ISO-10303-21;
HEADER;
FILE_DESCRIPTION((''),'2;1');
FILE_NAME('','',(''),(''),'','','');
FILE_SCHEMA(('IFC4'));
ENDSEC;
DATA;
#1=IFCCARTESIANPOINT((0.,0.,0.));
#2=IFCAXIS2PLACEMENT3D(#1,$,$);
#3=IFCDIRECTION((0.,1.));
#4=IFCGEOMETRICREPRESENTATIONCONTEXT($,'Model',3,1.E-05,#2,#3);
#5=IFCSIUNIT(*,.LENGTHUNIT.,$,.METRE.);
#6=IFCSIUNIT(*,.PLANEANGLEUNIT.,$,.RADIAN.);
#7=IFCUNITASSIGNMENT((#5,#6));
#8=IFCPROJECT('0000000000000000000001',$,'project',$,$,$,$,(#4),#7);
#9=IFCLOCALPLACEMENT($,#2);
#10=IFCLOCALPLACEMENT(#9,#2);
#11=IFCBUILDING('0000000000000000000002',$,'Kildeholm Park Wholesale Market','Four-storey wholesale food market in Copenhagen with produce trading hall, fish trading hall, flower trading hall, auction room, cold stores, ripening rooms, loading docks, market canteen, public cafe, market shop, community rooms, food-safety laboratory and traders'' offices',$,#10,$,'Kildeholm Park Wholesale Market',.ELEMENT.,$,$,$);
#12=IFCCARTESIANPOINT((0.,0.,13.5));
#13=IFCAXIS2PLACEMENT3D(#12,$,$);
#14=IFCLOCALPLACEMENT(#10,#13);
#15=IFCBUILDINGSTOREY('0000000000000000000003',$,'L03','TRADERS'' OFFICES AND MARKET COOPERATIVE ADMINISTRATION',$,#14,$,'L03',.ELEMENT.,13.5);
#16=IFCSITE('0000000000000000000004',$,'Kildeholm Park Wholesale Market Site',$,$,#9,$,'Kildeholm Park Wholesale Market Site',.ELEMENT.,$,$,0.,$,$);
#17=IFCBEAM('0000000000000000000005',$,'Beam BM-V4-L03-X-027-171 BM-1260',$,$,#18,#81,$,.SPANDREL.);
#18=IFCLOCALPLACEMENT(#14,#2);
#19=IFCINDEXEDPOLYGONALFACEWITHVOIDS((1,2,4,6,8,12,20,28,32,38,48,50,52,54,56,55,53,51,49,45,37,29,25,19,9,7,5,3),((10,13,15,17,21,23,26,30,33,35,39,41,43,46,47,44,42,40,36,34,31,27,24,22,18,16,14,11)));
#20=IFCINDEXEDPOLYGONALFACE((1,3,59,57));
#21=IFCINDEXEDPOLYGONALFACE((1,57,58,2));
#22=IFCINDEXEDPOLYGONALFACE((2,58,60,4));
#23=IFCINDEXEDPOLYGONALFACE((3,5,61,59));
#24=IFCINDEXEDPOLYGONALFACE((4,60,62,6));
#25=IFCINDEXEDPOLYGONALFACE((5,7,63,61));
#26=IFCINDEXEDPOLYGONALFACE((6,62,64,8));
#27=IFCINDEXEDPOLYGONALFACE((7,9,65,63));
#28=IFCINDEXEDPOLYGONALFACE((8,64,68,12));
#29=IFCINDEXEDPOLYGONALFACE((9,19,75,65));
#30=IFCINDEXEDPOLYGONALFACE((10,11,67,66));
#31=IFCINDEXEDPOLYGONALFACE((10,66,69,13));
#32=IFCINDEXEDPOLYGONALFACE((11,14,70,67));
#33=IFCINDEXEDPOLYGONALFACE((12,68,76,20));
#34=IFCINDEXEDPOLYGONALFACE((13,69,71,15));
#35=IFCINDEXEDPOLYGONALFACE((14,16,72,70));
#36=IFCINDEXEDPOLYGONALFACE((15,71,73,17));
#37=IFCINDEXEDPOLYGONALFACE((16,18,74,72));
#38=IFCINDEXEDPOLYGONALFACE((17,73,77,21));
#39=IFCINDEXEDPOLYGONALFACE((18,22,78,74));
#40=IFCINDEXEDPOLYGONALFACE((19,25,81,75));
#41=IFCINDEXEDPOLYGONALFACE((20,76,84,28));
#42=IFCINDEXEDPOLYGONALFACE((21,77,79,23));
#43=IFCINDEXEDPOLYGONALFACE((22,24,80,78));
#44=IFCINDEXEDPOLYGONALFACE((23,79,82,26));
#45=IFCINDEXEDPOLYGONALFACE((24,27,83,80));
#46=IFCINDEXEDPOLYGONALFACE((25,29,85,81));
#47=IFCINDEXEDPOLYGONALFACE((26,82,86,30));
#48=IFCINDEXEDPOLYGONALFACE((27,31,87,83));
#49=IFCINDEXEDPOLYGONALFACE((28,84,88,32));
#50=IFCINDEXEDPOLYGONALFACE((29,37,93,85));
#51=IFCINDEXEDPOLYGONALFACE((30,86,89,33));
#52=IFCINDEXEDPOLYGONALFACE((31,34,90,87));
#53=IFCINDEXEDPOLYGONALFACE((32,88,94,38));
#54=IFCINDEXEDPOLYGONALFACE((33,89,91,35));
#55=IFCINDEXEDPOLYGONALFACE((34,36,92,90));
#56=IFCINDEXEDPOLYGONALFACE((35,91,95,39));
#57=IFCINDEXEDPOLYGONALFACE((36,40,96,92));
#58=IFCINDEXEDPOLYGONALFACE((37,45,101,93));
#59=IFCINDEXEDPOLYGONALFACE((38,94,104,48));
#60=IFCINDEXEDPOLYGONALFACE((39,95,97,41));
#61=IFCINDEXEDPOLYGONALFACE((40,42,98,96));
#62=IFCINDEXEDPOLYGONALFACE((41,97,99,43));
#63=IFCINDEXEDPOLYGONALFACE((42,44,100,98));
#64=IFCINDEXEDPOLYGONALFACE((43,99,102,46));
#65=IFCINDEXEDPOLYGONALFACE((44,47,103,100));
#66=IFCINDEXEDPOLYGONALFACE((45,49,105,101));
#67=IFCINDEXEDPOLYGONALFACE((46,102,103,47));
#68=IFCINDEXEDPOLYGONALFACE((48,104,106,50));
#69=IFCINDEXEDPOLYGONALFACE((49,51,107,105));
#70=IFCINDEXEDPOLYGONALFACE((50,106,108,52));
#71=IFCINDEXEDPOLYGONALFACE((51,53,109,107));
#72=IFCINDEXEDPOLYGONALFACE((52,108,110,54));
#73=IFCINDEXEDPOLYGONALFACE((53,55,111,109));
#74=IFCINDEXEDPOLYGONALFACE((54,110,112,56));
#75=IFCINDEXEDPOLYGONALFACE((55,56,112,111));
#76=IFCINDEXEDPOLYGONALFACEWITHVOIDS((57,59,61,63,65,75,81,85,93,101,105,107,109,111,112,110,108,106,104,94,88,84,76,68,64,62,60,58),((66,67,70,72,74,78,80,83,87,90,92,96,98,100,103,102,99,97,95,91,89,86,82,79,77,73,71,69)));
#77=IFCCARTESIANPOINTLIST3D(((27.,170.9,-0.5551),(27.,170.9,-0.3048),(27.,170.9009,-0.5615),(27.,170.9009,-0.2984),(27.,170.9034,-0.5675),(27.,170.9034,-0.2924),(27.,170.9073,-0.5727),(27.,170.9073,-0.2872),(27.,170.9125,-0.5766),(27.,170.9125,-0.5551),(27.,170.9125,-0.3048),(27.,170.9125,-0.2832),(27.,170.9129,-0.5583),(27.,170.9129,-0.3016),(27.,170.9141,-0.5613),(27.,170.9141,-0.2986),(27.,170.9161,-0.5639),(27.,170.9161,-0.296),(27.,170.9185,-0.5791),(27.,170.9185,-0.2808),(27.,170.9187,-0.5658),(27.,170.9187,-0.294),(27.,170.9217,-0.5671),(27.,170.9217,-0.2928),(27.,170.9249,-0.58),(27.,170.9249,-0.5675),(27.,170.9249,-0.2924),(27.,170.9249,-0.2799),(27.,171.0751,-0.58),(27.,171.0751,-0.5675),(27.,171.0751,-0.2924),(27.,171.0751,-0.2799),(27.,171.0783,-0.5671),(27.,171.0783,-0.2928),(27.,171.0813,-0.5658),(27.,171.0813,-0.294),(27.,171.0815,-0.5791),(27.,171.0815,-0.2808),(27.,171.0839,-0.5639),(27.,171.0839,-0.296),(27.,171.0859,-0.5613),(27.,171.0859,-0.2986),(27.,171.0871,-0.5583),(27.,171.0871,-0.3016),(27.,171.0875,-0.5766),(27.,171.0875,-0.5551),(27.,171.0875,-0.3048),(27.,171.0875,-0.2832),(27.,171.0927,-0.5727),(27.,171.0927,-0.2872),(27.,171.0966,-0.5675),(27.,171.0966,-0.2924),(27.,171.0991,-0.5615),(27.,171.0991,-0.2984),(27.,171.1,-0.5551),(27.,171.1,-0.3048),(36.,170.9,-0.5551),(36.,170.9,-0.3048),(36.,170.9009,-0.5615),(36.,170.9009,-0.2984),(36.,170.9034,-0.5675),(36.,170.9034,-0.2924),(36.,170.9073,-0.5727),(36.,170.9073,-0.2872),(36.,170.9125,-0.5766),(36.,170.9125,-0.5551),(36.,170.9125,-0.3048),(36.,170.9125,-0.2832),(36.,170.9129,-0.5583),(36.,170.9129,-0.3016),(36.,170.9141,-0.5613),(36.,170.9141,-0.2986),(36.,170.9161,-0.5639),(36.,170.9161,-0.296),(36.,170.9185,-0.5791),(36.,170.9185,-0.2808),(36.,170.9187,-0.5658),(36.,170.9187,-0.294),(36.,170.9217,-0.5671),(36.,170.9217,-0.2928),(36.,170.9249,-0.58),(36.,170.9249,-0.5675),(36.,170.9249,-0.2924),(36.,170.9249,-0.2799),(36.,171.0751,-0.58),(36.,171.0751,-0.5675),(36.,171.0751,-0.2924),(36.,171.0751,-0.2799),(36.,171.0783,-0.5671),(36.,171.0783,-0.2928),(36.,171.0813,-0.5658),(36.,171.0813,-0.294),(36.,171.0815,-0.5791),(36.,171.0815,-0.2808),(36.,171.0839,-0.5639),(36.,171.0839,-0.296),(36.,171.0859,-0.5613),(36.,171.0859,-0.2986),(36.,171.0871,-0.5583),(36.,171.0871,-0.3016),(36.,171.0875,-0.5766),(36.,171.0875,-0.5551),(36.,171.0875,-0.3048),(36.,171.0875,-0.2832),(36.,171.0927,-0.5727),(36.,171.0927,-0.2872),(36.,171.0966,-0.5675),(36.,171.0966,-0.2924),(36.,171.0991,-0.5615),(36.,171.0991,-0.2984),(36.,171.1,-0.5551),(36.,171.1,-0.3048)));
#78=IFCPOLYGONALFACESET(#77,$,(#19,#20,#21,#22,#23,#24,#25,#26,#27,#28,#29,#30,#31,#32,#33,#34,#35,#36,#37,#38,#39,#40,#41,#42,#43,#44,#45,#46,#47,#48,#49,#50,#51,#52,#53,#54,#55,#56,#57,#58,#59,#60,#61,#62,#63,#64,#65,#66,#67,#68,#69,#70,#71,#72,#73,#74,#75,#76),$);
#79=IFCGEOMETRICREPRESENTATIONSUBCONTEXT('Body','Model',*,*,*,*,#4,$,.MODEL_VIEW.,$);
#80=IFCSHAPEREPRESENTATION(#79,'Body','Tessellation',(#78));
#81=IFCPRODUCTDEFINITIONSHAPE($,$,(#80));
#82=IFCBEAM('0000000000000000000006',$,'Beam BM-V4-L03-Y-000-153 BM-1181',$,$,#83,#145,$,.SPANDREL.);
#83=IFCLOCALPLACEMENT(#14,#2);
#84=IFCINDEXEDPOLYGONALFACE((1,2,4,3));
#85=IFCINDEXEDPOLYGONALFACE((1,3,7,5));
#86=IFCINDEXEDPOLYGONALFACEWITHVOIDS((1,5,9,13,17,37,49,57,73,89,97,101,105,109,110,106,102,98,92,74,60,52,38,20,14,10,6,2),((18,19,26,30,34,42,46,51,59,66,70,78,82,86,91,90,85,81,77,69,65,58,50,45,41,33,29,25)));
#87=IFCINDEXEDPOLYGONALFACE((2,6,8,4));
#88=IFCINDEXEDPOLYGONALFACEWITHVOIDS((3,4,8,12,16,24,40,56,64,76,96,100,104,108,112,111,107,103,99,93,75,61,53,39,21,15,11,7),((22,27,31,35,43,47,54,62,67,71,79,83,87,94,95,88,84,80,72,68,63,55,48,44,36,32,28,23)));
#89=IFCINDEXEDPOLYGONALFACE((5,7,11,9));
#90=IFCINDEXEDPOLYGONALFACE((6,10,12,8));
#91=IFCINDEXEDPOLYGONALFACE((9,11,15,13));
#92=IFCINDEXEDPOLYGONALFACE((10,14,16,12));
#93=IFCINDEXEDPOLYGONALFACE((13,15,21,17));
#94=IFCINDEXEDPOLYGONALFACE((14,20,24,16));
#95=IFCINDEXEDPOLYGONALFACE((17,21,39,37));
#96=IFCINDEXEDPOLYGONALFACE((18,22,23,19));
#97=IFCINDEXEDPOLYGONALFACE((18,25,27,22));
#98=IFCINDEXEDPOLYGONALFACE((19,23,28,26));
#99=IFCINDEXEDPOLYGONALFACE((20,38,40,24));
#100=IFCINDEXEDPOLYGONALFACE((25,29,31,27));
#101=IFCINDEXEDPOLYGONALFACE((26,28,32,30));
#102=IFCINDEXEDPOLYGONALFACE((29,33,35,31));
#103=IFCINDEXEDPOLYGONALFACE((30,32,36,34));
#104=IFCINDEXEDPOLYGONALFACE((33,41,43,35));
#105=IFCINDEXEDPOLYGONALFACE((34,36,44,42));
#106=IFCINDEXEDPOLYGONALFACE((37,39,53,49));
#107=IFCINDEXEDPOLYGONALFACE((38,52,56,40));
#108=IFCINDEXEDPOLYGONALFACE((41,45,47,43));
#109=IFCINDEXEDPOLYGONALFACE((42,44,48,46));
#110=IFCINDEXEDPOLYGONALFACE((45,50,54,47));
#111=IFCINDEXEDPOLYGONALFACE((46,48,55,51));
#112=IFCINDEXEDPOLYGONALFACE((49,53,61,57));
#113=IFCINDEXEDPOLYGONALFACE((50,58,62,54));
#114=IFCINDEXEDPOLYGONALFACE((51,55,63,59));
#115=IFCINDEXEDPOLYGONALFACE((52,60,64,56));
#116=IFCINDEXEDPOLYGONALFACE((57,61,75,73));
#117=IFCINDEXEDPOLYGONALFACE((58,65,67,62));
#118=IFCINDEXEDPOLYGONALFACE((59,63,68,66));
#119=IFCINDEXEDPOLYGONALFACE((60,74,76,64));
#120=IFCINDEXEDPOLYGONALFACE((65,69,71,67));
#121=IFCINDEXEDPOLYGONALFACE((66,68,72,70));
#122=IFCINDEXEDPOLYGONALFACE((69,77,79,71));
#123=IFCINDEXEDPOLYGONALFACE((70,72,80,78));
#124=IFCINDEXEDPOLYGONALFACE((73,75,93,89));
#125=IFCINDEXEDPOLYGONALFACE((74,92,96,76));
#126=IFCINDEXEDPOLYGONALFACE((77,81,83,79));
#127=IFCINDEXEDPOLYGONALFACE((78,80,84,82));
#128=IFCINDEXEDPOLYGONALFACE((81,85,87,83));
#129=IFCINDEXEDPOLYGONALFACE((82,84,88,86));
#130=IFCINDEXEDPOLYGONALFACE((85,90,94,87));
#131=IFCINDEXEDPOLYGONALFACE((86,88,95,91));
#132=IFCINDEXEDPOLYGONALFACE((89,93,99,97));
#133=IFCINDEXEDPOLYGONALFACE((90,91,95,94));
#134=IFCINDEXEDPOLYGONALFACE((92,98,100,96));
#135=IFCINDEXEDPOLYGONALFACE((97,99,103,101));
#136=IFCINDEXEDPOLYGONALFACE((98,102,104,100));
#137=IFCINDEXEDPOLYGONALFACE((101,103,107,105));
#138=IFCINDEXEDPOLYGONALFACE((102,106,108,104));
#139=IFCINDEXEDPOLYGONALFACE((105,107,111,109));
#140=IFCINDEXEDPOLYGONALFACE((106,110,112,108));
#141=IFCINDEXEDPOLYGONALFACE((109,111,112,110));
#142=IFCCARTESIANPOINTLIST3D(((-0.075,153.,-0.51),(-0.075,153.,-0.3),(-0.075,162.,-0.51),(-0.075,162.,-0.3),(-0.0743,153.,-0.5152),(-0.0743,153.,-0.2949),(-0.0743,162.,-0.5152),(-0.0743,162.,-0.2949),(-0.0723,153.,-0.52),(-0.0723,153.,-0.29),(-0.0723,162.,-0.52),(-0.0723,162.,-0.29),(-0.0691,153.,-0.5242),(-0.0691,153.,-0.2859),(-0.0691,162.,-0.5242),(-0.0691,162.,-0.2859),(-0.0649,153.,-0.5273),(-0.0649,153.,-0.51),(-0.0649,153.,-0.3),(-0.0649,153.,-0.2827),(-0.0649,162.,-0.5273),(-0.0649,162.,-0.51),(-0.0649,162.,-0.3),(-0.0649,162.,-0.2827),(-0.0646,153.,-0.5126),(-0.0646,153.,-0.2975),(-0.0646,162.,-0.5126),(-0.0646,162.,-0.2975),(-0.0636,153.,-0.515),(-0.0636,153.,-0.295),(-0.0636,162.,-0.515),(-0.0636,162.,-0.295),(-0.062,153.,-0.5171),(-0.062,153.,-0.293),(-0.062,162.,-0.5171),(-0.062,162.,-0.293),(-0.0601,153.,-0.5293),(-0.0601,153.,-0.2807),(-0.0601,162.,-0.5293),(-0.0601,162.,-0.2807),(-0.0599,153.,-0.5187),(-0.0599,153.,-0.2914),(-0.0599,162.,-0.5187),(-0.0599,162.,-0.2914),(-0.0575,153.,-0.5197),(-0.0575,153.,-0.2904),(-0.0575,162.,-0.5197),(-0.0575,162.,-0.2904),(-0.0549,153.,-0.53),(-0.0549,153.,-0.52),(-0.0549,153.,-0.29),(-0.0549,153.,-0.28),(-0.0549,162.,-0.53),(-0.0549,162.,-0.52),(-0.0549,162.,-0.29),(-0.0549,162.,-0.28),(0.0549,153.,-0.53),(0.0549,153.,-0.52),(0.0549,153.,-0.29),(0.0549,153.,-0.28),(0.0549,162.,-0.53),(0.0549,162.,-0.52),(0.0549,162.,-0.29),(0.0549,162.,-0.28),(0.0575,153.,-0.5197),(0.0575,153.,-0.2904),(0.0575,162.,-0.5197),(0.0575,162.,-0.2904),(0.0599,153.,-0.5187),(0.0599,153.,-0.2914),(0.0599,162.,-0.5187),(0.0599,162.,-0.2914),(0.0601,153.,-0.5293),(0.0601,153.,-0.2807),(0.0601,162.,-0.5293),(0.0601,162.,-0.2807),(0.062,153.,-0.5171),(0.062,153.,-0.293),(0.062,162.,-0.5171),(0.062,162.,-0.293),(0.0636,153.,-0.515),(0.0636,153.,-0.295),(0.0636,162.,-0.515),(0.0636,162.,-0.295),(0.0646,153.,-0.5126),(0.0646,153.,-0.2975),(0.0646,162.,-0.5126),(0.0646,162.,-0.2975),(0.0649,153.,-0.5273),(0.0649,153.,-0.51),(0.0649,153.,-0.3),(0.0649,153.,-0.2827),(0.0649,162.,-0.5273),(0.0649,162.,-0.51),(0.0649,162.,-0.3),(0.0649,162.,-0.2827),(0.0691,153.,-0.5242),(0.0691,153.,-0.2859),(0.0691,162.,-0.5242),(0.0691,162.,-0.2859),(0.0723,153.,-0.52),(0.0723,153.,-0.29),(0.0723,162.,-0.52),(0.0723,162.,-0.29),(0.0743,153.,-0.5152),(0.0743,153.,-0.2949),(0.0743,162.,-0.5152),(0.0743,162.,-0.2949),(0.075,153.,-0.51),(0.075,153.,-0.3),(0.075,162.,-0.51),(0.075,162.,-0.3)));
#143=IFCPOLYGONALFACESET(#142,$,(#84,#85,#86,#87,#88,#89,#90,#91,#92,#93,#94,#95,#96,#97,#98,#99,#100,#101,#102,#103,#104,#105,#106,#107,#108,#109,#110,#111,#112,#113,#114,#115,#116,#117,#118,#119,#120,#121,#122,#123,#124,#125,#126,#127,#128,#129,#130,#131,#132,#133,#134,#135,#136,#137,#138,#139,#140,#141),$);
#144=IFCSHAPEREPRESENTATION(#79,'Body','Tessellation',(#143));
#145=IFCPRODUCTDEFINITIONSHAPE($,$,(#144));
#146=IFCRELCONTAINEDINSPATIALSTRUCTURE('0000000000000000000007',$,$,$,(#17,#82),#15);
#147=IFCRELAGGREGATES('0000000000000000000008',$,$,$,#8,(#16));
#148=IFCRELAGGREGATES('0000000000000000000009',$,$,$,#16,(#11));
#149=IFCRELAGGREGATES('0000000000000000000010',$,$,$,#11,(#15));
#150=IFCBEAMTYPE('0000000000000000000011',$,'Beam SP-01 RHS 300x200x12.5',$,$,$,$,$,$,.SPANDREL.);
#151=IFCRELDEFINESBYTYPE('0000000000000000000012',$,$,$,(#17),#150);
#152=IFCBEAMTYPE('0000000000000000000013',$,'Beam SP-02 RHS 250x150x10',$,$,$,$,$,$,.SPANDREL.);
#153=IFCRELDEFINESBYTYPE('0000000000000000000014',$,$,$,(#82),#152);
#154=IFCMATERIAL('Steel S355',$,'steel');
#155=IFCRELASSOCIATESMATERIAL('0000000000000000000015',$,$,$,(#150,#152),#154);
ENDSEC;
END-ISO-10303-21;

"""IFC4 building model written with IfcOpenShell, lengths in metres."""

from ifc_helpers import new_model, si_unit, direction, frame, origin, origin_2d, place, context, subcontext, project, spatial, hollow_rectangle, extrude, material, material_profile, profile_set, type_object, element, save


model = new_model("IFC4")

# Units and contexts
model_context = context("Model", 3, precision=1e-05, world=origin(), true_north=direction((0.0, 1.0)))
body_context = subcontext(model_context, "Body", "Model", "MODEL_VIEW")
ifc_project = project(units=[si_unit("LENGTHUNIT", "METRE"), si_unit("PLANEANGLEUNIT", "RADIAN")], contexts=[model_context])

# Site, building, storey
site_placement = place(None, origin())
site = spatial("IfcSite", under=ifc_project, at=site_placement, Name="Kildeholm Park Wholesale Market Site", LongName="Kildeholm Park Wholesale Market Site", CompositionType="ELEMENT", RefElevation=0.0)
building_placement = place(site_placement, origin())
building = spatial("IfcBuilding", under=site, at=building_placement, Name="Kildeholm Park Wholesale Market", Description="Four-storey wholesale food market in Copenhagen with produce trading hall, fish trading hall, flower trading hall, auction room, cold stores, ripening rooms, loading docks, market canteen, public cafe, market shop, community rooms, food-safety laboratory and traders' offices", LongName="Kildeholm Park Wholesale Market", CompositionType="ELEMENT")
storey_placement = place(building_placement, frame((0.0, 0.0, 13.5)))
storey = spatial("IfcBuildingStorey", under=building, at=storey_placement, Name="L03", Description="TRADERS' OFFICES AND MARKET COOPERATIVE ADMINISTRATION", LongName="L03", CompositionType="ELEMENT", Elevation=13.5)

# Beams
ifc_material_1 = material(Name="Steel S355", Category="steel")
ifc_material_profile_1 = material_profile(ifc_material_1, hollow_rectangle(XDim=0.2, YDim=0.3, WallThickness=0.0125, InnerFilletRadius=0.0125, OuterFilletRadius=0.0249, at=origin_2d()), Name="RHS 300x200x12.5")
ifc_profile_set_1 = profile_set([ifc_material_profile_1], Name="Steel S355")
beam_type_1 = type_object("IfcBeamType", Name="Beam SP-01 RHS 300x200x12.5", PredefinedType="SPANDREL", material=ifc_profile_set_1)
for number, where, z_axis, x_axis, name in (
    (1, (27.0, 171.0, -0.4299), (1.0, 0.0, 0.0), (0.0, 1.0, 0.0), "Beam BM-V4-L03-X-027-171 BM-1260"),
):
    element("IfcBeam", number, at=place(storey_placement, frame(where, z_axis=z_axis, x_axis=x_axis)), inside=storey, type_object=beam_type_1, Name=name, PredefinedType="SPANDREL", context=body_context, shape_type="SweptSolid", body=[
        extrude(hollow_rectangle(XDim=0.2, YDim=0.3, WallThickness=0.0125, InnerFilletRadius=0.0125, OuterFilletRadius=0.0249, at=origin_2d()), origin(), (0.0, 0.0, 1.0), 9.0),
    ])
ifc_material_profile_2 = material_profile(ifc_material_1, hollow_rectangle(XDim=0.1499, YDim=0.25, WallThickness=0.01, InnerFilletRadius=0.01, OuterFilletRadius=0.02, at=origin_2d()), Name="RHS 250x150x10")
ifc_profile_set_2 = profile_set([ifc_material_profile_2], Name="Steel S355")
beam_type_2 = type_object("IfcBeamType", Name="Beam SP-02 RHS 250x150x10", PredefinedType="SPANDREL", material=ifc_profile_set_2)
for number, where, z_axis, x_axis, name in (
    (2, (0.0, 153.0, -0.405), (0.0, 1.0, 0.0), (-1.0, 0.0, 0.0), "Beam BM-V4-L03-Y-000-153 BM-1181"),
):
    element("IfcBeam", number, at=place(storey_placement, frame(where, z_axis=z_axis, x_axis=x_axis)), inside=storey, type_object=beam_type_2, Name=name, PredefinedType="SPANDREL", context=body_context, shape_type="SweptSolid", body=[
        extrude(hollow_rectangle(XDim=0.1499, YDim=0.25, WallThickness=0.01, InnerFilletRadius=0.01, OuterFilletRadius=0.02, at=origin_2d()), origin(), (0.0, 0.0, 1.0), 9.0),
    ])

save(model, "model.ifc")
